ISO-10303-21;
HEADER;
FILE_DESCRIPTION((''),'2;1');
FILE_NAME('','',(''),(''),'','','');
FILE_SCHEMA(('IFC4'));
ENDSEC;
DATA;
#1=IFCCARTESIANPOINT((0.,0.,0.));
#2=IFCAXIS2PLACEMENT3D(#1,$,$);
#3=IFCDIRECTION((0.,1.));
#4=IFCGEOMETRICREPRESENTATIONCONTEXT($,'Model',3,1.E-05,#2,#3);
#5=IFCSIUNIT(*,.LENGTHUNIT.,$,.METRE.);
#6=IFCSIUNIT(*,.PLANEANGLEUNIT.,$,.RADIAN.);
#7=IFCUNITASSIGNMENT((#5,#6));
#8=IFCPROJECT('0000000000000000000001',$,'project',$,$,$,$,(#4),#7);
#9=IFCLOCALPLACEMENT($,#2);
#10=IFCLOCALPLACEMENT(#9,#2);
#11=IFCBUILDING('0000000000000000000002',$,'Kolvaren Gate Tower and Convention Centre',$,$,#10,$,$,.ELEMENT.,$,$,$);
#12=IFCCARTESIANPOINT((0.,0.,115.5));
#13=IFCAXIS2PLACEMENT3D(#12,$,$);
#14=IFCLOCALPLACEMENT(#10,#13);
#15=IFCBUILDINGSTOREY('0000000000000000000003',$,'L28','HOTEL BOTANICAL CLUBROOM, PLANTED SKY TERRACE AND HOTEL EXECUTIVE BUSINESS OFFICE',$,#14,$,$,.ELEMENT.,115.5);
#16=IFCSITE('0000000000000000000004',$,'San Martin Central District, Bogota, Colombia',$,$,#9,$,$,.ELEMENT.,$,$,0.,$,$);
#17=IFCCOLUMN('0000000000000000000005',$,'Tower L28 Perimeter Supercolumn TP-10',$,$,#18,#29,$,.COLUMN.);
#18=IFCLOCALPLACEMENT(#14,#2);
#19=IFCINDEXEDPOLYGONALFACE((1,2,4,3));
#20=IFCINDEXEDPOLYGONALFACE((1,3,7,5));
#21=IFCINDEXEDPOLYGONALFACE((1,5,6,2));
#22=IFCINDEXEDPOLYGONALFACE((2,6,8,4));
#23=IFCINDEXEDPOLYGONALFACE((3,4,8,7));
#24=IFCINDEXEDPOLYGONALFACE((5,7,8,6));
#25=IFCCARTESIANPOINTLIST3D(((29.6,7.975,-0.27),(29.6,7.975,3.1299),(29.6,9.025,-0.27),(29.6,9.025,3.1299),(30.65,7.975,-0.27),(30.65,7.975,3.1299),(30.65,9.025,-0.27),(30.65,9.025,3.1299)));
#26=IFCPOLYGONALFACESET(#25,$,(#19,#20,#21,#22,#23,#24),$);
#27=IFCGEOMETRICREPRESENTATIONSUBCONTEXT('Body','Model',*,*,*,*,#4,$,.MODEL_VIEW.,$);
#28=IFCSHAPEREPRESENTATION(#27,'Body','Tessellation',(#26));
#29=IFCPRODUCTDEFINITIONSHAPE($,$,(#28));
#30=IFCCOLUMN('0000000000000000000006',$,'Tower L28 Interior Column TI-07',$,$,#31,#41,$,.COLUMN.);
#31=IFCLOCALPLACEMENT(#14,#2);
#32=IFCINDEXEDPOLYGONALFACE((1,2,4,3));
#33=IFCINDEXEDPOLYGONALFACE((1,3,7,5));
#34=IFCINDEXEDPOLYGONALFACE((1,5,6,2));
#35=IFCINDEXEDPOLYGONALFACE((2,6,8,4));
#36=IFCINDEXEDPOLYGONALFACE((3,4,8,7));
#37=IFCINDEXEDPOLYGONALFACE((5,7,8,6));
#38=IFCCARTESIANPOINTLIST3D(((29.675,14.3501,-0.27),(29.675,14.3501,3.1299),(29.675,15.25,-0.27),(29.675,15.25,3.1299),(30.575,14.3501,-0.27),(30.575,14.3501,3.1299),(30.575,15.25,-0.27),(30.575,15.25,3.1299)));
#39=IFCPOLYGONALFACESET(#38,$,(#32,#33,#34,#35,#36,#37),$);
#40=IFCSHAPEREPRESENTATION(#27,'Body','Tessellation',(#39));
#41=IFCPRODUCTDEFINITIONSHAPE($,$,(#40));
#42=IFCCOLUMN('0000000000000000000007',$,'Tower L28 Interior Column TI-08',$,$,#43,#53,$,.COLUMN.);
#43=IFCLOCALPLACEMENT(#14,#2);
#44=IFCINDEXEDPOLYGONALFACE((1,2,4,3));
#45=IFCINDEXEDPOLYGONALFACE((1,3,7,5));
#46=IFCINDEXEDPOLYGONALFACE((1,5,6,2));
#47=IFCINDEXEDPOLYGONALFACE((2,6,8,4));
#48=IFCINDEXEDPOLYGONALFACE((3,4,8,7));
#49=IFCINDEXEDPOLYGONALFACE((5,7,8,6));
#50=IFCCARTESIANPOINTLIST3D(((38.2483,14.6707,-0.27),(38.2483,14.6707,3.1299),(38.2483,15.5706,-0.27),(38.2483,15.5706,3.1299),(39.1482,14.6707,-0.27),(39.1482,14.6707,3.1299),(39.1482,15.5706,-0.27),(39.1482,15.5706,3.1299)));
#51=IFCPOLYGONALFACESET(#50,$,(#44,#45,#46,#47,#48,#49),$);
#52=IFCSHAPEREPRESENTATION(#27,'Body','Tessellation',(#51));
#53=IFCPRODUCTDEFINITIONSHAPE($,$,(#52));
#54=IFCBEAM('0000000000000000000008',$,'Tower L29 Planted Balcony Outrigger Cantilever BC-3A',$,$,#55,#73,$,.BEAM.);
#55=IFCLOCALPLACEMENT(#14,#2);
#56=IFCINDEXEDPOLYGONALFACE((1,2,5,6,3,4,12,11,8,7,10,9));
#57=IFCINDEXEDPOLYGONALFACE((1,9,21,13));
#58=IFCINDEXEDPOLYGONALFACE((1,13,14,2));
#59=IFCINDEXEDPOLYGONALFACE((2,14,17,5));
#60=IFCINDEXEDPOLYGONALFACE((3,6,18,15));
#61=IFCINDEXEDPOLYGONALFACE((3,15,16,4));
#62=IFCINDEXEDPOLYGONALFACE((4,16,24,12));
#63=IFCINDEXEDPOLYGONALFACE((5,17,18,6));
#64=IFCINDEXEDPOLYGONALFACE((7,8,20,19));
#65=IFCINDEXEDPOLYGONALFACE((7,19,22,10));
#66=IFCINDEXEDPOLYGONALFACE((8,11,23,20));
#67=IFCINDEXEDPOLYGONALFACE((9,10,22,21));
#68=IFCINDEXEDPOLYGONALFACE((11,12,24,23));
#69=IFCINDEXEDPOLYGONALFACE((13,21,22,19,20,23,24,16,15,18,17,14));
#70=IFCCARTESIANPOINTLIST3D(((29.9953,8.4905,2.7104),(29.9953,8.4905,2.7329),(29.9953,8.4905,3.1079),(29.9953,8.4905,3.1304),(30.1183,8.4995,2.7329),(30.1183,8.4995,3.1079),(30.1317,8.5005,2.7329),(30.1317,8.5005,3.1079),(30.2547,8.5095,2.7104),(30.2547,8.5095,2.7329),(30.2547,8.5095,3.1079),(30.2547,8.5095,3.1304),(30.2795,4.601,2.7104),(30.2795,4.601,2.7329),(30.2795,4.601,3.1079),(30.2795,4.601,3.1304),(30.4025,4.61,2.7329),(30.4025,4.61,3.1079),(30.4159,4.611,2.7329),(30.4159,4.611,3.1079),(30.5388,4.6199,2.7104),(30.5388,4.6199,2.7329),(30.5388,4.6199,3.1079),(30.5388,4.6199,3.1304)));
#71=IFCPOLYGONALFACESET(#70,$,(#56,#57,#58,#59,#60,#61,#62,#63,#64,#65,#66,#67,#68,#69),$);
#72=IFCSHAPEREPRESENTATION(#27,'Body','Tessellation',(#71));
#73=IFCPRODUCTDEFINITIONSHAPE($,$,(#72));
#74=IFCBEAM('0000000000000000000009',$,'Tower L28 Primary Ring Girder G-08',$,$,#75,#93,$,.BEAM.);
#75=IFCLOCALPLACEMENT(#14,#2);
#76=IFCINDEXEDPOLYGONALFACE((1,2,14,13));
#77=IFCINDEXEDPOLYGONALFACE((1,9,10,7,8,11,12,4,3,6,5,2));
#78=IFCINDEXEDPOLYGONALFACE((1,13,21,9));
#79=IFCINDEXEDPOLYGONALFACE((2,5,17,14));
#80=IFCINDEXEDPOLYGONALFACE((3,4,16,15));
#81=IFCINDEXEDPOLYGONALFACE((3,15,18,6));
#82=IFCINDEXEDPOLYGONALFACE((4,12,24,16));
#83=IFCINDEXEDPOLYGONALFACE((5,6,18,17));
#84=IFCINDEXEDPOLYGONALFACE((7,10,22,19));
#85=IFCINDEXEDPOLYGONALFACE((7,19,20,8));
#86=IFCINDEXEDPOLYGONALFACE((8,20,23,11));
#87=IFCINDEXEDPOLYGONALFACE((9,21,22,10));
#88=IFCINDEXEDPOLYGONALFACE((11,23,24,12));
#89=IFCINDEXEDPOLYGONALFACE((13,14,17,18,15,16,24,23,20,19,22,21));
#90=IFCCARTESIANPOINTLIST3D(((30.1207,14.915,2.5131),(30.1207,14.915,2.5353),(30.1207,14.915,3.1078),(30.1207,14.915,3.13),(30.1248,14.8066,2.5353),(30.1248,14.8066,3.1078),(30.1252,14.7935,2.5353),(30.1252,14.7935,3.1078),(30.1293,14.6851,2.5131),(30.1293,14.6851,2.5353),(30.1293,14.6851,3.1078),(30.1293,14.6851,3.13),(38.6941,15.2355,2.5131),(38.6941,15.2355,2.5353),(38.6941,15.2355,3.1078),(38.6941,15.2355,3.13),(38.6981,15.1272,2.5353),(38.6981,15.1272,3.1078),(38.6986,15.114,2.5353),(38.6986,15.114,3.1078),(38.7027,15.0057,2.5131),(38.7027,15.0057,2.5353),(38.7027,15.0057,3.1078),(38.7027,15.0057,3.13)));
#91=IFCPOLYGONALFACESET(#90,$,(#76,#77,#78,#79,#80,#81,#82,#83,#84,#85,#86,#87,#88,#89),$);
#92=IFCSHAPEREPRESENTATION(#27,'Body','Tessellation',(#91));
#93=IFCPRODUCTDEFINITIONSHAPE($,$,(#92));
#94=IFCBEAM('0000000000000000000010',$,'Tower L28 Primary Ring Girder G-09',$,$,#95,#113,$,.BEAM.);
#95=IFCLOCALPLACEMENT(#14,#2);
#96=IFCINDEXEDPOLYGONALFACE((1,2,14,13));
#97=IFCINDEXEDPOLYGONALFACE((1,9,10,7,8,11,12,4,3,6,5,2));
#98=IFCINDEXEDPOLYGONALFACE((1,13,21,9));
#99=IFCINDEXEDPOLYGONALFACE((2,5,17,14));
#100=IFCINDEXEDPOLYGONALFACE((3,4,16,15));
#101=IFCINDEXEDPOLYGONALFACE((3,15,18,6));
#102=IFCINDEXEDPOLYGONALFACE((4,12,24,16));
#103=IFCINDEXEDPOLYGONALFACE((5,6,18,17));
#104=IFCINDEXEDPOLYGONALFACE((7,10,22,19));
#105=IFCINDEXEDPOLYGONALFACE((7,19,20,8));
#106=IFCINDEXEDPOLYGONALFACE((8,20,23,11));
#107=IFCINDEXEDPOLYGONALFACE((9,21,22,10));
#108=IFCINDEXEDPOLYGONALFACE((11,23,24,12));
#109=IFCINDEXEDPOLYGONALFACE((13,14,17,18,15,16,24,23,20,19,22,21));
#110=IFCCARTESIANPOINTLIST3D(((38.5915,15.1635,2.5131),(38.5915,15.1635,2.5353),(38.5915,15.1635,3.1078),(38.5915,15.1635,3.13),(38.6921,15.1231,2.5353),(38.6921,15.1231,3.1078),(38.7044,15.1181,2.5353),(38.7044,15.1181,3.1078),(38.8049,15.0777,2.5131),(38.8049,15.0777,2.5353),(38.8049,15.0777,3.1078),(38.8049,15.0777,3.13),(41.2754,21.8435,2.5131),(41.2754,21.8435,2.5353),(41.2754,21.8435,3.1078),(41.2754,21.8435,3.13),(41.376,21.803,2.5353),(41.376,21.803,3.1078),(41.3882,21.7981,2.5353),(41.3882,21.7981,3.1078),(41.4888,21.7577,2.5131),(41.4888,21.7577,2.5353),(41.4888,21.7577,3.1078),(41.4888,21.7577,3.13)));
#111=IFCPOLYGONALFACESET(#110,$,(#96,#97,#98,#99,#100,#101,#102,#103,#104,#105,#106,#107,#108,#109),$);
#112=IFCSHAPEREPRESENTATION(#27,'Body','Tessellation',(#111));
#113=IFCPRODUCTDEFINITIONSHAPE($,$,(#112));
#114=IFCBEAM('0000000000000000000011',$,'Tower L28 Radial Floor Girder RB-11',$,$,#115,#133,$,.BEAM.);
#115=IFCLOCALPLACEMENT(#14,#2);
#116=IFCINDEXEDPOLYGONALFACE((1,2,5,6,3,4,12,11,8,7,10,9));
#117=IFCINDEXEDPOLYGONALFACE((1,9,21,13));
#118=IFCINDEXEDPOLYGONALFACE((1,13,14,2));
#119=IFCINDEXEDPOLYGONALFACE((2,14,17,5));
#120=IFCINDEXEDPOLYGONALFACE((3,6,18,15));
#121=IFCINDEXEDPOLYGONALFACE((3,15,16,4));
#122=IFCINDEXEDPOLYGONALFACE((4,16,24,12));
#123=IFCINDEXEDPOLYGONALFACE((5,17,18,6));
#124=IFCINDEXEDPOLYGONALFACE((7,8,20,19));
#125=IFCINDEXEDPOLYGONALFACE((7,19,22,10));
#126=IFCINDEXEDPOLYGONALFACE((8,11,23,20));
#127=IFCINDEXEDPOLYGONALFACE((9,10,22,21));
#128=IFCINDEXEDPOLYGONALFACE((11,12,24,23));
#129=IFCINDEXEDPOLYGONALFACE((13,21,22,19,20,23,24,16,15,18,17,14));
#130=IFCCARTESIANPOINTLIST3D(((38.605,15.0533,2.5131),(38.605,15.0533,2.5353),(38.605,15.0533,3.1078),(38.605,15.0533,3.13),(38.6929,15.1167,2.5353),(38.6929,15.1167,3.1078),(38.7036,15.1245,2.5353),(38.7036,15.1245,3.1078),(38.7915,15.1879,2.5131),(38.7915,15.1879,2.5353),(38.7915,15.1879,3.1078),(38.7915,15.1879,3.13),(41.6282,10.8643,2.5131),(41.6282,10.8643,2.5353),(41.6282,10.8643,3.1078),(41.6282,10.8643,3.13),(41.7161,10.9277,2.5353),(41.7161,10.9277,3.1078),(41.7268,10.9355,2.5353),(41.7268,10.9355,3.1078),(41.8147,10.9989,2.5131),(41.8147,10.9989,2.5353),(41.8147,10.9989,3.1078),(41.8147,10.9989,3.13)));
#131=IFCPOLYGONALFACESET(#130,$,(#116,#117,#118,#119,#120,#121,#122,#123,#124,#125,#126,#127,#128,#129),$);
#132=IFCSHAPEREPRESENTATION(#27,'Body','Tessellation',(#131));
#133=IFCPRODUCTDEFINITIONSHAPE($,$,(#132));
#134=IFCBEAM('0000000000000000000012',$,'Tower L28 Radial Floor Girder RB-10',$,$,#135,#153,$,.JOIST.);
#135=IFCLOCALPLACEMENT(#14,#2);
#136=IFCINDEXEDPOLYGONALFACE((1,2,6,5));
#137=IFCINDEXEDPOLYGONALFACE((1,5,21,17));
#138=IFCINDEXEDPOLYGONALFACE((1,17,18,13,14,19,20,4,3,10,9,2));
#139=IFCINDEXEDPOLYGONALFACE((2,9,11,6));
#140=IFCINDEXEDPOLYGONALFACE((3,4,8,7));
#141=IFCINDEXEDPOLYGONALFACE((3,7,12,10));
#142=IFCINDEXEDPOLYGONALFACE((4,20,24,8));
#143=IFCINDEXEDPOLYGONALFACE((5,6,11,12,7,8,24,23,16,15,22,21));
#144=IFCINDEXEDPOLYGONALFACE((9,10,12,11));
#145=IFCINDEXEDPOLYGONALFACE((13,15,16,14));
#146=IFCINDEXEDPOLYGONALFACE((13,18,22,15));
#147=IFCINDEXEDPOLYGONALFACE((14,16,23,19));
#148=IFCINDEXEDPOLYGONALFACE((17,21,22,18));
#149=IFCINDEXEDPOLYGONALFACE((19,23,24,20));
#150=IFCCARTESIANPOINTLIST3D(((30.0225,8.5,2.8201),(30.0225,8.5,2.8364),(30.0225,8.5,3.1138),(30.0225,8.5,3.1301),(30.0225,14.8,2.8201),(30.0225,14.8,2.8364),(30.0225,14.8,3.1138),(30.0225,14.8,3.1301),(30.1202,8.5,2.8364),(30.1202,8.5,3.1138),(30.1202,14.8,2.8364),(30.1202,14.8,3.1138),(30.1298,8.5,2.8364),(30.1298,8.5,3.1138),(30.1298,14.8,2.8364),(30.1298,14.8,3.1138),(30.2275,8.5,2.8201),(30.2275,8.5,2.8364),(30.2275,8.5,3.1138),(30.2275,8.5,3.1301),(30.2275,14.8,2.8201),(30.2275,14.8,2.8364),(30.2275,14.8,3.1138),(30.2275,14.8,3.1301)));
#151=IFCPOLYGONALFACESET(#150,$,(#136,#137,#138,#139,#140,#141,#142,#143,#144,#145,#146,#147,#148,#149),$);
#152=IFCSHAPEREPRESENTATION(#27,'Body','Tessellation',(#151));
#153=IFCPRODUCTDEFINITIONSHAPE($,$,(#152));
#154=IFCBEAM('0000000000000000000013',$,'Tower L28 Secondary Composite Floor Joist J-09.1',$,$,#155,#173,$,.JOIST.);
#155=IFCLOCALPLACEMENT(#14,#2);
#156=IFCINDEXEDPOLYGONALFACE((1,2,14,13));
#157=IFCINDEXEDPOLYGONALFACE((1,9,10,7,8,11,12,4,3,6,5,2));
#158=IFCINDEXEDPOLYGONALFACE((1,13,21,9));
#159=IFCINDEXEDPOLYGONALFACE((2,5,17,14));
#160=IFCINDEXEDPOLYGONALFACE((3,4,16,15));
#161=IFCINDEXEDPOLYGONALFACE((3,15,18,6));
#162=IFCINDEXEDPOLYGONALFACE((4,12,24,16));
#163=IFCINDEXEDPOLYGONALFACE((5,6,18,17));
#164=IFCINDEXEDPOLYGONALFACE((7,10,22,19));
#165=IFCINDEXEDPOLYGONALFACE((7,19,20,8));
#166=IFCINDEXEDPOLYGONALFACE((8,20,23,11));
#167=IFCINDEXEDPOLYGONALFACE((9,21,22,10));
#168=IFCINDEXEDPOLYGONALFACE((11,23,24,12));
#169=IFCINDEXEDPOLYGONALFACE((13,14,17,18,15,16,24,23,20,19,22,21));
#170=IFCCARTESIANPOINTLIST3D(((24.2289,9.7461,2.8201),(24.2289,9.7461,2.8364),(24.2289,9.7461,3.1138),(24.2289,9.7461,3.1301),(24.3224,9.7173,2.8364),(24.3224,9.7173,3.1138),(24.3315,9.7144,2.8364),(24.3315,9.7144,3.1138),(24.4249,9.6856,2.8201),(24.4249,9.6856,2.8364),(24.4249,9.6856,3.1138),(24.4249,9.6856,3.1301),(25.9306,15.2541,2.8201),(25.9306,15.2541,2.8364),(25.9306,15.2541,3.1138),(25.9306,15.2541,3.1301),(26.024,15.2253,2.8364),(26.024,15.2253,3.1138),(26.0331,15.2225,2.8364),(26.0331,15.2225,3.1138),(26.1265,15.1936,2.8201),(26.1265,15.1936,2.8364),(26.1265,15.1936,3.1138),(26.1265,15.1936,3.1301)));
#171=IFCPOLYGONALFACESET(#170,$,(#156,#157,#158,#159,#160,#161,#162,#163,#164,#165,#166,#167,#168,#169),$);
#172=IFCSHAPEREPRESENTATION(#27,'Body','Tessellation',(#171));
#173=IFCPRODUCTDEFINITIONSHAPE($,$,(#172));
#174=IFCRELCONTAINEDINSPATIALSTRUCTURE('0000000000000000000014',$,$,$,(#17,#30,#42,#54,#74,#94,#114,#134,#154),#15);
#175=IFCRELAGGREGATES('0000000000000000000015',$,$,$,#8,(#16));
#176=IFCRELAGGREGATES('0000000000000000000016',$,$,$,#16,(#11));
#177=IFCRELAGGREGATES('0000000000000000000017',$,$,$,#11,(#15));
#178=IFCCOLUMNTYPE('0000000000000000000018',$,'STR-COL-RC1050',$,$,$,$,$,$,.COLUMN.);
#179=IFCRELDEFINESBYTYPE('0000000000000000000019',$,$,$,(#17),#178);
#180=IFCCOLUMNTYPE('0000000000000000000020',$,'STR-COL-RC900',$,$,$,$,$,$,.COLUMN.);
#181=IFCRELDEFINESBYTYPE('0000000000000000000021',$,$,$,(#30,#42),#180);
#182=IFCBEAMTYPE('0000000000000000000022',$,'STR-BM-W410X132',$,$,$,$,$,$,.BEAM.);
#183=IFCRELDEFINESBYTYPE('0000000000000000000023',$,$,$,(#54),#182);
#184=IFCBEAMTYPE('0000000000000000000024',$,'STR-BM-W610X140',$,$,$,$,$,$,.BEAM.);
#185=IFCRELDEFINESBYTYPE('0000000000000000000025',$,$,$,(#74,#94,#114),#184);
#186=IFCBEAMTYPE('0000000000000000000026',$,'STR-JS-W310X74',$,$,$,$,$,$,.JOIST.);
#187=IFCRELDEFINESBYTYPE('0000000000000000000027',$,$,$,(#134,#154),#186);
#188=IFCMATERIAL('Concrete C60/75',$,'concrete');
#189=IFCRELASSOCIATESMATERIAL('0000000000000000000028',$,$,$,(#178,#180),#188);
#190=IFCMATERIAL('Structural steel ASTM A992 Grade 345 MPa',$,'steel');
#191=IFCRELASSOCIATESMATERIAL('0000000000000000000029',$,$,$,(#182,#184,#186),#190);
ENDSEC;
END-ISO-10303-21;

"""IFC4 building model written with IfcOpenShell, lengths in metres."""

from ifc_helpers import new_model, si_unit, direction, frame, origin, origin_2d, place, context, subcontext, project, spatial, rectangle, i_section, extrude, material, material_profile, profile_set, type_object, element, save


model = new_model("IFC4")

# Units and contexts
model_context = context("Model", 3, precision=1e-05, world=origin(), true_north=direction((0.0, 1.0)))
body_context = subcontext(model_context, "Body", "Model", "MODEL_VIEW")
ifc_project = project(units=[si_unit("LENGTHUNIT", "METRE"), si_unit("PLANEANGLEUNIT", "RADIAN")], contexts=[model_context])

# Site, building, storey
site_placement = place(None, origin())
site = spatial("IfcSite", under=ifc_project, at=site_placement, Name="San Martin Central District, Bogota, Colombia", CompositionType="ELEMENT", RefElevation=0.0)
building_placement = place(site_placement, origin())
building = spatial("IfcBuilding", under=site, at=building_placement, Name="Kolvaren Gate Tower and Convention Centre", CompositionType="ELEMENT")
storey_placement = place(building_placement, frame((0.0, 0.0, 115.5)))
storey = spatial("IfcBuildingStorey", under=building, at=storey_placement, Name="L28", Description="HOTEL BOTANICAL CLUBROOM, PLANTED SKY TERRACE AND HOTEL EXECUTIVE BUSINESS OFFICE", CompositionType="ELEMENT", Elevation=115.5)

# Columns
ifc_material_1 = material(Name="Concrete C60/75", Category="concrete")
ifc_material_profile_1 = material_profile(ifc_material_1, rectangle(XDim=1.05, YDim=1.05, at=origin_2d()), Name="RC-COL-1050X1050")
ifc_profile_set_1 = profile_set([ifc_material_profile_1], Name="Concrete C60/75")
column_type_1 = type_object("IfcColumnType", Name="STR-COL-RC1050", PredefinedType="COLUMN", material=ifc_profile_set_1)
column_placement = place(storey_placement, frame((30.125, 8.5, -0.27), z_axis=(0.0, 0.0, 1.0), x_axis=(1.0, 0.0, 0.0)))
element("IfcColumn", 1, at=column_placement, inside=storey, type_object=column_type_1, Name="Tower L28 Perimeter Supercolumn TP-10", PredefinedType="COLUMN", context=body_context, shape_type="SweptSolid", body=[
    extrude(rectangle(XDim=1.05, YDim=1.05, at=origin_2d()), origin(), (0.0, 0.0, 1.0), 3.3999),
])
ifc_material_profile_2 = material_profile(ifc_material_1, rectangle(XDim=0.8999, YDim=0.8999, at=origin_2d()), Name="RC-COL-900X900")
ifc_profile_set_2 = profile_set([ifc_material_profile_2], Name="Concrete C60/75")
column_type_2 = type_object("IfcColumnType", Name="STR-COL-RC900", PredefinedType="COLUMN", material=ifc_profile_set_2)
for number, where, z_axis, x_axis, name in (
    (2, (30.125, 14.8, -0.27), (0.0, 0.0, 1.0), (1.0, 0.0, 0.0), "Tower L28 Interior Column TI-07"),
    (3, (38.6982, 15.1206, -0.27), (0.0, 0.0, 1.0), (1.0, 0.0, 0.0), "Tower L28 Interior Column TI-08"),
):
    element("IfcColumn", number, at=place(storey_placement, frame(where, z_axis=z_axis, x_axis=x_axis)), inside=storey, type_object=column_type_2, Name=name, PredefinedType="COLUMN", context=body_context, shape_type="SweptSolid", body=[
        extrude(rectangle(XDim=0.8999, YDim=0.8999, at=origin_2d()), origin(), (0.0, 0.0, 1.0), 3.3999),
    ])

# Beams
ifc_material_2 = material(Name="Structural steel ASTM A992 Grade 345 MPa", Category="steel")
ifc_material_profile_3 = material_profile(ifc_material_2, i_section(OverallWidth=0.26, OverallDepth=0.4199, WebThickness=0.0134, FlangeThickness=0.0225, at=origin_2d()), Name="W410X132")
ifc_profile_set_3 = profile_set([ifc_material_profile_3], Name="Structural steel ASTM A992 Grade 345 MPa")
beam_type_1 = type_object("IfcBeamType", Name="STR-BM-W410X132", PredefinedType="BEAM", material=ifc_profile_set_3)
beam_1_placement = place(storey_placement, frame((30.125, 8.5, 2.9204), z_axis=(0.072866, -0.997342, 0.0), x_axis=(0.997342, 0.072866, 0.0)))
element("IfcBeam", 4, at=beam_1_placement, inside=storey, type_object=beam_type_1, Name="Tower L29 Planted Balcony Outrigger Cantilever BC-3A", PredefinedType="BEAM", context=body_context, shape_type="SweptSolid", body=[
    extrude(i_section(OverallWidth=0.26, OverallDepth=0.4199, WebThickness=0.0134, FlangeThickness=0.0225, at=origin_2d()), origin(), (0.0, 0.0, 1.0), 3.8999),
])
ifc_material_profile_4 = material_profile(ifc_material_2, i_section(OverallWidth=0.23, OverallDepth=0.6169, WebThickness=0.0132, FlangeThickness=0.0222, at=origin_2d()), Name="W610X140")
ifc_profile_set_4 = profile_set([ifc_material_profile_4], Name="Structural steel ASTM A992 Grade 345 MPa")
beam_type_2 = type_object("IfcBeamType", Name="STR-BM-W610X140", PredefinedType="BEAM", material=ifc_profile_set_4)
beam_2_placement = place(storey_placement, frame((30.125, 14.8, 2.8215), z_axis=(0.999302, 0.037364, 0.0), x_axis=(-0.037364, 0.999302, 0.0)))
element("IfcBeam", 5, at=beam_2_placement, inside=storey, type_object=beam_type_2, Name="Tower L28 Primary Ring Girder G-08", PredefinedType="BEAM", context=body_context, shape_type="SweptSolid", body=[
    extrude(i_section(OverallWidth=0.23, OverallDepth=0.6169, WebThickness=0.0132, FlangeThickness=0.0222, at=origin_2d()), origin(), (0.0, 0.0, 1.0), 8.5793),
])
beam_3_placement = place(storey_placement, frame((38.6982, 15.1206, 2.8215), z_axis=(0.372811, 0.927907, 0.0), x_axis=(-0.927907, 0.372811, 0.0)))
element("IfcBeam", 6, at=beam_3_placement, inside=storey, type_object=beam_type_2, Name="Tower L28 Primary Ring Girder G-09", PredefinedType="BEAM", context=body_context, shape_type="SweptSolid", body=[
    extrude(i_section(OverallWidth=0.23, OverallDepth=0.6169, WebThickness=0.0132, FlangeThickness=0.0222, at=origin_2d()), origin(), (0.0, 0.0, 1.0), 7.199),
])
beam_4_placement = place(storey_placement, frame((38.6982, 15.1206, 2.8215), z_axis=(0.585214, -0.810879, 0.0), x_axis=(0.810879, 0.585214, 0.0)))
element("IfcBeam", 7, at=beam_4_placement, inside=storey, type_object=beam_type_2, Name="Tower L28 Radial Floor Girder RB-11", PredefinedType="BEAM", context=body_context, shape_type="SweptSolid", body=[
    extrude(i_section(OverallWidth=0.23, OverallDepth=0.6169, WebThickness=0.0132, FlangeThickness=0.0222, at=origin_2d()), origin(), (0.0, 0.0, 1.0), 5.166),
])
ifc_material_profile_5 = material_profile(ifc_material_2, i_section(OverallWidth=0.2051, OverallDepth=0.3101, WebThickness=0.0095, FlangeThickness=0.0164, at=origin_2d()), Name="W310X74")
ifc_profile_set_5 = profile_set([ifc_material_profile_5], Name="Structural steel ASTM A992 Grade 345 MPa")
beam_type_3 = type_object("IfcBeamType", Name="STR-JS-W310X74", PredefinedType="JOIST", material=ifc_profile_set_5)
beam_5_placement = place(storey_placement, frame((30.125, 14.8, 2.9751), z_axis=(0.0, -1.0, 0.0), x_axis=(1.0, 0.0, 0.0)))
element("IfcBeam", 8, at=beam_5_placement, inside=storey, type_object=beam_type_3, Name="Tower L28 Radial Floor Girder RB-10", PredefinedType="JOIST", context=body_context, shape_type="SweptSolid", body=[
    extrude(i_section(OverallWidth=0.2051, OverallDepth=0.3101, WebThickness=0.0095, FlangeThickness=0.0164, at=origin_2d()), origin(), (0.0, 0.0, 1.0), 6.3),
])
beam_6_placement = place(storey_placement, frame((26.0286, 15.2239, 2.9751), z_axis=(-0.295175, -0.955443, 0.0), x_axis=(0.955443, -0.295175, 0.0)))
element("IfcBeam", 9, at=beam_6_placement, inside=storey, type_object=beam_type_3, Name="Tower L28 Secondary Composite Floor Joist J-09.1", PredefinedType="JOIST", context=body_context, shape_type="SweptSolid", body=[
    extrude(i_section(OverallWidth=0.2051, OverallDepth=0.3101, WebThickness=0.0095, FlangeThickness=0.0164, at=origin_2d()), origin(), (0.0, 0.0, 1.0), 5.7649),
])

save(model, "model.ifc")
